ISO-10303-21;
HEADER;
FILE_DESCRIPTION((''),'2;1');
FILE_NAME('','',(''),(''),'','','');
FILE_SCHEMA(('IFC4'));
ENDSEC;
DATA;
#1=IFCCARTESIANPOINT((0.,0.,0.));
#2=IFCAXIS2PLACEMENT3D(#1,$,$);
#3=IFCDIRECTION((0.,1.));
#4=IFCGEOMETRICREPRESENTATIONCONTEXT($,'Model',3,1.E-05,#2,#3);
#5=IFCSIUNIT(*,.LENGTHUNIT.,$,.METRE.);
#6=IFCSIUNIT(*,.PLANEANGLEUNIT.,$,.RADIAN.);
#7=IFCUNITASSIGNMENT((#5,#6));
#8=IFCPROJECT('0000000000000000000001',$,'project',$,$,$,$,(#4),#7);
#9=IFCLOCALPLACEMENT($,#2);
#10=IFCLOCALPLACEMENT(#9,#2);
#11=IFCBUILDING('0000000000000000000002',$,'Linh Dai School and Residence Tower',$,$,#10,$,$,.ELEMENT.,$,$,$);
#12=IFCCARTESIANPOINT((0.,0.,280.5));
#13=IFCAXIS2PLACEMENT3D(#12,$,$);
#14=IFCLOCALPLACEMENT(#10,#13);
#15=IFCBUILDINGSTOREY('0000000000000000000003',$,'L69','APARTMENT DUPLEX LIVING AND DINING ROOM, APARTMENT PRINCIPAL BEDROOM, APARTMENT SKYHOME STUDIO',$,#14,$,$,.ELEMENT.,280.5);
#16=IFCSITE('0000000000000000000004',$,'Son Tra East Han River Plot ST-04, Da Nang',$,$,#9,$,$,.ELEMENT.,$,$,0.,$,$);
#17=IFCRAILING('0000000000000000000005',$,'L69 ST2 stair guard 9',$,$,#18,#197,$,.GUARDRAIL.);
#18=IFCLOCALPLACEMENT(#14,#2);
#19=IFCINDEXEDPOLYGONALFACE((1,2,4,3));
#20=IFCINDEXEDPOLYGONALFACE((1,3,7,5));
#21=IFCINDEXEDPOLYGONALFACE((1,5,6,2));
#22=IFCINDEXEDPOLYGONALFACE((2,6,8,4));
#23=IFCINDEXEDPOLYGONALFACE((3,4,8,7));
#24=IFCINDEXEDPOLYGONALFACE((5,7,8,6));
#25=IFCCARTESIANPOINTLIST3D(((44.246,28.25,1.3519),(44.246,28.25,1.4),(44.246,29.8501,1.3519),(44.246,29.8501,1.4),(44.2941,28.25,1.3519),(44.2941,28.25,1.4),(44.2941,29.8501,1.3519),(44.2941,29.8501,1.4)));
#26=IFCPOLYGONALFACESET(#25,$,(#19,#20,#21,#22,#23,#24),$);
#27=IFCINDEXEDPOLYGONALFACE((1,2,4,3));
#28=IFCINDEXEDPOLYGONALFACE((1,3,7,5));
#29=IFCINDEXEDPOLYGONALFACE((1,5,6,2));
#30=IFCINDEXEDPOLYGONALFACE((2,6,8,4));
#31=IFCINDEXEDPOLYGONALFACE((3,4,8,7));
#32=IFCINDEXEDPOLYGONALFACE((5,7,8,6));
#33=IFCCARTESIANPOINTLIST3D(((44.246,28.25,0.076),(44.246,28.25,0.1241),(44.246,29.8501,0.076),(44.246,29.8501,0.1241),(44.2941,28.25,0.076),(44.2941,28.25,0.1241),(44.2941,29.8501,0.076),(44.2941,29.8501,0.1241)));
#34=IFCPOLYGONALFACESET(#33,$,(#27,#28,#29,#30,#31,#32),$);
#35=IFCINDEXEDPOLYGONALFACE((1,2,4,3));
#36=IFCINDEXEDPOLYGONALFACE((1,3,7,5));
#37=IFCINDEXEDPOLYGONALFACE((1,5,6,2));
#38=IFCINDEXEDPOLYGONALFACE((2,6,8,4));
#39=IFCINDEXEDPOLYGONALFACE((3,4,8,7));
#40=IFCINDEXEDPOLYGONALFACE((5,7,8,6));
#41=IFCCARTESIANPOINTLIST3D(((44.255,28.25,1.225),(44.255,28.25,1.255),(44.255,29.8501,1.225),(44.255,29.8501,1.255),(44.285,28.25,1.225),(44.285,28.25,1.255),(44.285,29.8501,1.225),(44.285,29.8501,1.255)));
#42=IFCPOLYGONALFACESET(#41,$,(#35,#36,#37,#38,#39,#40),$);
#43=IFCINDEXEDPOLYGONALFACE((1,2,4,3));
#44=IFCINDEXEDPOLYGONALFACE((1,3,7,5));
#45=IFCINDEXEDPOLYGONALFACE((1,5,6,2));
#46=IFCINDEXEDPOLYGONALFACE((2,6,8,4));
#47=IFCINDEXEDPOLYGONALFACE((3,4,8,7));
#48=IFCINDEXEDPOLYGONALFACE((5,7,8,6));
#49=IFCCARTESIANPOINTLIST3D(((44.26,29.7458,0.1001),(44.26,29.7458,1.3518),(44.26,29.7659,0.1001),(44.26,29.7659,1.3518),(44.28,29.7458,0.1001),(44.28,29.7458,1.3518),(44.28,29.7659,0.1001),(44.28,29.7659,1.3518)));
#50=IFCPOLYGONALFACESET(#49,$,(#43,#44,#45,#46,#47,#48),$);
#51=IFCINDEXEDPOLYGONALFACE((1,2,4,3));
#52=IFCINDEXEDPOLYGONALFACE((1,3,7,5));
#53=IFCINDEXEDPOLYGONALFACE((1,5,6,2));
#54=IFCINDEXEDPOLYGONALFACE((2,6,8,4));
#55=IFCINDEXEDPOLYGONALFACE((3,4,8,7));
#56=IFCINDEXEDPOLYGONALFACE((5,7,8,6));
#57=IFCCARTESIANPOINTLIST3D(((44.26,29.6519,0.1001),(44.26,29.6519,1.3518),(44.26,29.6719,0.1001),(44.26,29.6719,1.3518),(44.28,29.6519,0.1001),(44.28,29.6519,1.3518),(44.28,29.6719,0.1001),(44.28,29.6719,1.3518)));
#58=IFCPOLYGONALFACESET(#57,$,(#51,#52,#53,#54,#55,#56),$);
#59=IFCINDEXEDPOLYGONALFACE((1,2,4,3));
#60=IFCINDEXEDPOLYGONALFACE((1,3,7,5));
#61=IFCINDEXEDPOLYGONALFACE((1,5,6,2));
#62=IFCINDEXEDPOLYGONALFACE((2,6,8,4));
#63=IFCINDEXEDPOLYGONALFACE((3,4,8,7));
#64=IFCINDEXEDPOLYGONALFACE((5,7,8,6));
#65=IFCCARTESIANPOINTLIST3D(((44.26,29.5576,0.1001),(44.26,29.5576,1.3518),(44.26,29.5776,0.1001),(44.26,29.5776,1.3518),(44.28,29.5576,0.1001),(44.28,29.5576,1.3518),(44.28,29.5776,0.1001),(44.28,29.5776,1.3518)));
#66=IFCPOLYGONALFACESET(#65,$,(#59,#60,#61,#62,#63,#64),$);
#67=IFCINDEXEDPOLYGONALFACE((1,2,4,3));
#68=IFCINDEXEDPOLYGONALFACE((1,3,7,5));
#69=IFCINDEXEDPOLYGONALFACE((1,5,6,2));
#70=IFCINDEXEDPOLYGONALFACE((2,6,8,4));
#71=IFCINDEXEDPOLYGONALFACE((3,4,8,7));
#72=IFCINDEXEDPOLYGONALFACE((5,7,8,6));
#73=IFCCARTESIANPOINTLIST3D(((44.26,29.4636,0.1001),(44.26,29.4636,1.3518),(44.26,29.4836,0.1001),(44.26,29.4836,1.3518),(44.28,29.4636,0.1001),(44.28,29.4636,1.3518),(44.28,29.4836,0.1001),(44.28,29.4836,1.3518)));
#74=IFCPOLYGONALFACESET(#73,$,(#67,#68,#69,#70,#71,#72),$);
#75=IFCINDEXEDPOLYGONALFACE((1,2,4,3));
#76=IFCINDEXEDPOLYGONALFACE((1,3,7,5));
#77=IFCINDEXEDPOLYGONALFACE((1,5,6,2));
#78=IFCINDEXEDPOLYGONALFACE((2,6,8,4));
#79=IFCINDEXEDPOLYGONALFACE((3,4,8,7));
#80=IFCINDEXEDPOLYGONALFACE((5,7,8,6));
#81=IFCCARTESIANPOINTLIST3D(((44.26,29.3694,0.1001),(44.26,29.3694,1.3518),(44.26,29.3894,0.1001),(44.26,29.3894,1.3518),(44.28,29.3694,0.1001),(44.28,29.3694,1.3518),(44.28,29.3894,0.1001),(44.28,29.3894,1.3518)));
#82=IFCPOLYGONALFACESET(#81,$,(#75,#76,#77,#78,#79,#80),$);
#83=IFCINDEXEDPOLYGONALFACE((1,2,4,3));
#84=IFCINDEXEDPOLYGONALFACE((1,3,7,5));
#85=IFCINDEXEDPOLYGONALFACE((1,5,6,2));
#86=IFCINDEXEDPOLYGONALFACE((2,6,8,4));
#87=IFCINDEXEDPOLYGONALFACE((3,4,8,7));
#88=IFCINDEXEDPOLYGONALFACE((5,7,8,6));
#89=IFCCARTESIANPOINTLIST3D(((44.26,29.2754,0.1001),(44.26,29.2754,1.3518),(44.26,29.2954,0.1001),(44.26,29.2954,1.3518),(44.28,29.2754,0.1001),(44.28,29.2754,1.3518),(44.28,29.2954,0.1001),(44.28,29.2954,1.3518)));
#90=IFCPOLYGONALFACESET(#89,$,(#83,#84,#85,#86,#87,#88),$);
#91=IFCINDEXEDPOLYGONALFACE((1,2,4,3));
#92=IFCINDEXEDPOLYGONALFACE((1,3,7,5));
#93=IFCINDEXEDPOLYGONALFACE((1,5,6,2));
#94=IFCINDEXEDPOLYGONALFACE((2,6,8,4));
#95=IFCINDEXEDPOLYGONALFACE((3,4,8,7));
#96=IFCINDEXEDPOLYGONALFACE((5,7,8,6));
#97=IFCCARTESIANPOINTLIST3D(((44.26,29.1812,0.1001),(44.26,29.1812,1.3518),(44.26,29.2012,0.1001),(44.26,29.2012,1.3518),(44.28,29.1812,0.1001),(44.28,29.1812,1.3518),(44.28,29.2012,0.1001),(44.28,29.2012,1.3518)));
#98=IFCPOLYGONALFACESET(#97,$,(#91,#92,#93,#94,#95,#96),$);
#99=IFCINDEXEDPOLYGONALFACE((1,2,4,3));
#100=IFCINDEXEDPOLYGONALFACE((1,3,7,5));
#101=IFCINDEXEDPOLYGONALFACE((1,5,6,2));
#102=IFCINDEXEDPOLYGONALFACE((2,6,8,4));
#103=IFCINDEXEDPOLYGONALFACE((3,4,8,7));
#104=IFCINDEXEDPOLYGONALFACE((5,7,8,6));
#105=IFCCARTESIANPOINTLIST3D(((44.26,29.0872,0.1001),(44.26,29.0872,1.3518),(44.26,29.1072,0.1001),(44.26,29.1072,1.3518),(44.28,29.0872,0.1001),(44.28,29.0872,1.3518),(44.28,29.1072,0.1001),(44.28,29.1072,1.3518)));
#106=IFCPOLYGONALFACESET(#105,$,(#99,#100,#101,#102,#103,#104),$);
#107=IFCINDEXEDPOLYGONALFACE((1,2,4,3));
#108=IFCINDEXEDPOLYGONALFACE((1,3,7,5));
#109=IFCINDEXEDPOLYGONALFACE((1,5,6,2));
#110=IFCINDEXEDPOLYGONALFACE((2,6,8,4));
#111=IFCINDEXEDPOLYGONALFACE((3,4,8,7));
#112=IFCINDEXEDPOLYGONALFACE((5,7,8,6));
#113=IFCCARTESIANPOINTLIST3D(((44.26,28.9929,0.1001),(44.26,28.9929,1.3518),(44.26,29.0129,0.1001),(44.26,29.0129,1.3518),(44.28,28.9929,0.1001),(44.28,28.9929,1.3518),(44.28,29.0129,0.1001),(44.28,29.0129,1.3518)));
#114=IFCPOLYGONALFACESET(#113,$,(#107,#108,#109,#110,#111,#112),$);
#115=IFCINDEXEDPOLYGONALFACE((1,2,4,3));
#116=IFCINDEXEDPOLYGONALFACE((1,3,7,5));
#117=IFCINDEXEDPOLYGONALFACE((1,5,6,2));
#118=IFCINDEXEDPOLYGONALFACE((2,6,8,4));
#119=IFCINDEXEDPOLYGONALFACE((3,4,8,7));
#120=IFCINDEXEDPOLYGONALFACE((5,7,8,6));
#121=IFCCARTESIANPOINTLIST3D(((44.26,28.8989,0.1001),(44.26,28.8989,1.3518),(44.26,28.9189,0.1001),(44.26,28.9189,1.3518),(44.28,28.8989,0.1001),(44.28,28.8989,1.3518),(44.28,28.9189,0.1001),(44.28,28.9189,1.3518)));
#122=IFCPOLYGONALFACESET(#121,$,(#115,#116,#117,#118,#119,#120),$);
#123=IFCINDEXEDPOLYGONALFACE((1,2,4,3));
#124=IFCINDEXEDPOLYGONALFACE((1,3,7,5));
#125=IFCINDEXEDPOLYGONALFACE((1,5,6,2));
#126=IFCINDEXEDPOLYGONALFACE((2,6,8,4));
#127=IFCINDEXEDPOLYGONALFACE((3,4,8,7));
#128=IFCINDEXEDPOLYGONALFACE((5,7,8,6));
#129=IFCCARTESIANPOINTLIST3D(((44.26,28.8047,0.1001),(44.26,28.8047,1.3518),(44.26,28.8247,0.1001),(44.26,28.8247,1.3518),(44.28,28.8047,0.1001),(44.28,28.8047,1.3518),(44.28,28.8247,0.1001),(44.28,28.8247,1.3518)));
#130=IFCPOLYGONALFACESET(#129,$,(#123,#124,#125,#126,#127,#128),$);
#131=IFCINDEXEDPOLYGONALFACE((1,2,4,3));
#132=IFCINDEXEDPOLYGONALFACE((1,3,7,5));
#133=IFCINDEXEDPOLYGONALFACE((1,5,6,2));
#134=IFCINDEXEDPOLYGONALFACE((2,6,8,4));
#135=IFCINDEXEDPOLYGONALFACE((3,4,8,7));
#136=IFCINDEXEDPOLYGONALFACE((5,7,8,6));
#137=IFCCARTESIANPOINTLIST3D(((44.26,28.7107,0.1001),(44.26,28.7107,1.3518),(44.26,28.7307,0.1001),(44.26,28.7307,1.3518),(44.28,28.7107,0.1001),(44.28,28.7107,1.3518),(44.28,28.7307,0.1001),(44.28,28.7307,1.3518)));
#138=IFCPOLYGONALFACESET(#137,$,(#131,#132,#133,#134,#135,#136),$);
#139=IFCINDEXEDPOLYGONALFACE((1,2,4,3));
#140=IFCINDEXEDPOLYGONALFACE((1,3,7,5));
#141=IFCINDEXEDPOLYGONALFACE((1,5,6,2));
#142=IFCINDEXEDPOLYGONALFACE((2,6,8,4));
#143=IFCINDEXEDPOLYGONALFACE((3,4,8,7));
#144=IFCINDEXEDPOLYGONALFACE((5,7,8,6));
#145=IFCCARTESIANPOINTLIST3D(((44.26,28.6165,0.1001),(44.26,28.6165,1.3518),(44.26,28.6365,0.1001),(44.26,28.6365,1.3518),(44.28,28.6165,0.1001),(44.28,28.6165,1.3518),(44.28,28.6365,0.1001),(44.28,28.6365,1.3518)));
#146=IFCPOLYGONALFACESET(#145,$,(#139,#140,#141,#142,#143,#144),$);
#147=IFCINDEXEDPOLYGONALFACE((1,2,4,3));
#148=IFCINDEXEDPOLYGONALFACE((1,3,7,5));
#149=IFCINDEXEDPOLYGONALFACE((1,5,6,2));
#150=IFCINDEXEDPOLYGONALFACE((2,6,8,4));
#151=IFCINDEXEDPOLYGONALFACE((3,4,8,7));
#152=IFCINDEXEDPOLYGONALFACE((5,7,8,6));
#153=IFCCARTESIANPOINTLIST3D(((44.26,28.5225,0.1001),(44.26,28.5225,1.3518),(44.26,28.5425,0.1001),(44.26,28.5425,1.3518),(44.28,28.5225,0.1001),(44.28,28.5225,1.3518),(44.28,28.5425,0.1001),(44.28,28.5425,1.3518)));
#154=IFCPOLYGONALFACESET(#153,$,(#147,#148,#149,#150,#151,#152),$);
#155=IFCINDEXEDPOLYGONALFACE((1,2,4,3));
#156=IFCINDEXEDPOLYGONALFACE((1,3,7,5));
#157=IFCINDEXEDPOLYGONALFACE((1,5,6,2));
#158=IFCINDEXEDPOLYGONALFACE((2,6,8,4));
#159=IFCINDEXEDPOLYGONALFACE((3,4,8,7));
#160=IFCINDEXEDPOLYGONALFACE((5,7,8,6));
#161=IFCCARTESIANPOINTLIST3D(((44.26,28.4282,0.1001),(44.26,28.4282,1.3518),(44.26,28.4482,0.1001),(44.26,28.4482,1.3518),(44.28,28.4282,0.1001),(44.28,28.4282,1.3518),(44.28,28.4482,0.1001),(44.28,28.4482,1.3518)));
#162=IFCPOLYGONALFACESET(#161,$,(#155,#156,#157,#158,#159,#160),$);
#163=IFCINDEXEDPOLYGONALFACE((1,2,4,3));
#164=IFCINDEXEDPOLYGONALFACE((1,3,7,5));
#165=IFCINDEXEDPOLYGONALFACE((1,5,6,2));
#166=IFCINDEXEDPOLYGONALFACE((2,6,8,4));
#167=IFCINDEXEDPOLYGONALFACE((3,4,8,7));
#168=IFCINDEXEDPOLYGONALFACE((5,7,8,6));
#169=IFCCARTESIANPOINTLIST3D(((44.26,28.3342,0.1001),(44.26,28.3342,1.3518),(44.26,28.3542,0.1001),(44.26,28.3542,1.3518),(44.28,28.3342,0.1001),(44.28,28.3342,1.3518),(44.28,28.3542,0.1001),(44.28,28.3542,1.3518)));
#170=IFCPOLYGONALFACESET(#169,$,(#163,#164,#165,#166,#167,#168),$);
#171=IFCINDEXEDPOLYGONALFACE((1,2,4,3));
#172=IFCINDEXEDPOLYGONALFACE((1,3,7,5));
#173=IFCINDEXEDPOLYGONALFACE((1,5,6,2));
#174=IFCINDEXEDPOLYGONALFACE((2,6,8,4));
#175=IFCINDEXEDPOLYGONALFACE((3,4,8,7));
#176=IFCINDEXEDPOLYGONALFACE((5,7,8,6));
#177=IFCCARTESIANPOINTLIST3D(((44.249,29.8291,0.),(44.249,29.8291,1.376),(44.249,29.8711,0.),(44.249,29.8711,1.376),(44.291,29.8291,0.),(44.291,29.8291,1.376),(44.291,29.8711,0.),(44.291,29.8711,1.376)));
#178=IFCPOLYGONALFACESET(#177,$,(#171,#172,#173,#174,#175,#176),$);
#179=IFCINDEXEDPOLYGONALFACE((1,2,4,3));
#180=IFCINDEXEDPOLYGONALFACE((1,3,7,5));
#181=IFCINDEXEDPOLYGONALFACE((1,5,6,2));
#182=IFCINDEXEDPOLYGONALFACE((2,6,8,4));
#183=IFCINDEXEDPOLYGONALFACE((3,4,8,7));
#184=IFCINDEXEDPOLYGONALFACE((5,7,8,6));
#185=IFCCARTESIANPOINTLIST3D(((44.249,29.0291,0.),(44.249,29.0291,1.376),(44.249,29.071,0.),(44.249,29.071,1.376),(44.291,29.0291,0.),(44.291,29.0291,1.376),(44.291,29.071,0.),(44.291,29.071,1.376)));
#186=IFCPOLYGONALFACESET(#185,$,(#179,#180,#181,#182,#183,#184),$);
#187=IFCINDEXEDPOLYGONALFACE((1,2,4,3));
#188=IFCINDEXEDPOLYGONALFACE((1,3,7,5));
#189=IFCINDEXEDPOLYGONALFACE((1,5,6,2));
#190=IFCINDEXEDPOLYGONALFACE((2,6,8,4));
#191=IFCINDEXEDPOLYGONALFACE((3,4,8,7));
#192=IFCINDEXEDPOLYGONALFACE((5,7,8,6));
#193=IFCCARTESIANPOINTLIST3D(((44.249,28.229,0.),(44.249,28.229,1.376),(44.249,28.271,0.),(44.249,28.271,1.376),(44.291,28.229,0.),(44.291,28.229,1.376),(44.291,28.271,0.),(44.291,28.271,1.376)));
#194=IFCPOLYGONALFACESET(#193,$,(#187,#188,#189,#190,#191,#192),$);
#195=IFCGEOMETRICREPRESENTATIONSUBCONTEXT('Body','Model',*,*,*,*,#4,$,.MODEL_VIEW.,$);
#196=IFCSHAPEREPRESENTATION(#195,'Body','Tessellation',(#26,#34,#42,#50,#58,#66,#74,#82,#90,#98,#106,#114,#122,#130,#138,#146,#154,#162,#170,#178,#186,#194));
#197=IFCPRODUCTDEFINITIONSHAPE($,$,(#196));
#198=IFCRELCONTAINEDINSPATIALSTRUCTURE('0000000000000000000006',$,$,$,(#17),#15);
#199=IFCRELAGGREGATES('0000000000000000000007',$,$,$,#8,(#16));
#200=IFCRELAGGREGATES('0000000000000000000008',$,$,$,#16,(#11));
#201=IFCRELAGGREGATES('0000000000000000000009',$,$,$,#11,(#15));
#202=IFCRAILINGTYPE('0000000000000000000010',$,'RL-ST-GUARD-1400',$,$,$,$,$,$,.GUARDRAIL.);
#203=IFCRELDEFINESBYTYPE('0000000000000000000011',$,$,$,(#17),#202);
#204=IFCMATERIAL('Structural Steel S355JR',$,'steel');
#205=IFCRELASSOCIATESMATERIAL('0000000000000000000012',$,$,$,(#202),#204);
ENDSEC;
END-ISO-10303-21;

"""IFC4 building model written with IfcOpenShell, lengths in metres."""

from ifc_helpers import new_model, si_unit, direction, frame, origin, origin_2d, place, context, subcontext, project, spatial, rectangle, extrude, source, transform, mapped, material, type_object, element, save


model = new_model("IFC4")

# Units and contexts
model_context = context("Model", 3, precision=1e-05, world=origin(), true_north=direction((0.0, 1.0)))
body_context = subcontext(model_context, "Body", "Model", "MODEL_VIEW")
ifc_project = project(units=[si_unit("LENGTHUNIT", "METRE"), si_unit("PLANEANGLEUNIT", "RADIAN")], contexts=[model_context])

# Site, building, storey
site_placement = place(None, origin())
site = spatial("IfcSite", under=ifc_project, at=site_placement, Name="Son Tra East Han River Plot ST-04, Da Nang", CompositionType="ELEMENT", RefElevation=0.0)
building_placement = place(site_placement, origin())
building = spatial("IfcBuilding", under=site, at=building_placement, Name="Linh Dai School and Residence Tower", CompositionType="ELEMENT")
storey_placement = place(building_placement, frame((0.0, 0.0, 280.5)))
storey = spatial("IfcBuildingStorey", under=building, at=storey_placement, Name="L69", Description="APARTMENT DUPLEX LIVING AND DINING ROOM, APARTMENT PRINCIPAL BEDROOM, APARTMENT SKYHOME STUDIO", CompositionType="ELEMENT", Elevation=280.5)

# Shared definitions
ifc_material_1 = material(Name="Structural Steel S355JR", Category="steel")

# Railing
railing_type = type_object("IfcRailingType", Name="RL-ST-GUARD-1400", PredefinedType="GUARDRAIL", material=ifc_material_1)
shared_shape_1 = source(origin(), body_context, "Body", "SweptSolid", [
    extrude(rectangle(XDim=0.0481, YDim=0.0481, at=origin_2d()), frame((0.0, 0.0, 1.376), z_axis=(0.0, -1.0, 0.0), x_axis=(1.0, 0.0, 0.0)), (0.0, 0.0, 1.0), 1.6001),
    extrude(rectangle(XDim=0.0481, YDim=0.0481, at=origin_2d()), frame((0.0, 0.0, 0.1001), z_axis=(0.0, -1.0, 0.0), x_axis=(1.0, 0.0, 0.0)), (0.0, 0.0, 1.0), 1.6001),
    extrude(rectangle(XDim=0.03, YDim=0.03, at=origin_2d()), frame((0.0, 0.0, 1.24), z_axis=(0.0, -1.0, 0.0), x_axis=(1.0, 0.0, 0.0)), (0.0, 0.0, 1.0), 1.6001),
    extrude(rectangle(XDim=0.02, YDim=0.02, at=origin_2d()), frame((0.0, -0.0942, 0.1001)), (0.0, 0.0, 1.0), 1.2517),
    extrude(rectangle(XDim=0.02, YDim=0.02, at=origin_2d()), frame((0.0, -0.1882, 0.1001)), (0.0, 0.0, 1.0), 1.2517),
    extrude(rectangle(XDim=0.02, YDim=0.02, at=origin_2d()), frame((0.0, -0.2825, 0.1001)), (0.0, 0.0, 1.0), 1.2517),
    extrude(rectangle(XDim=0.02, YDim=0.02, at=origin_2d()), frame((0.0, -0.3765, 0.1001)), (0.0, 0.0, 1.0), 1.2517),
    extrude(rectangle(XDim=0.02, YDim=0.02, at=origin_2d()), frame((0.0, -0.4707, 0.1001)), (0.0, 0.0, 1.0), 1.2517),
    extrude(rectangle(XDim=0.02, YDim=0.02, at=origin_2d()), frame((0.0, -0.5647, 0.1001)), (0.0, 0.0, 1.0), 1.2517),
    extrude(rectangle(XDim=0.02, YDim=0.02, at=origin_2d()), frame((0.0, -0.6589, 0.1001)), (0.0, 0.0, 1.0), 1.2517),
    extrude(rectangle(XDim=0.02, YDim=0.02, at=origin_2d()), frame((0.0, -0.7529, 0.1001)), (0.0, 0.0, 1.0), 1.2517),
    extrude(rectangle(XDim=0.02, YDim=0.02, at=origin_2d()), frame((0.0, -0.8472, 0.1001)), (0.0, 0.0, 1.0), 1.2517),
    extrude(rectangle(XDim=0.02, YDim=0.02, at=origin_2d()), frame((0.0, -0.9412, 0.1001)), (0.0, 0.0, 1.0), 1.2517),
    extrude(rectangle(XDim=0.02, YDim=0.02, at=origin_2d()), frame((0.0, -1.0354, 0.1001)), (0.0, 0.0, 1.0), 1.2517),
    extrude(rectangle(XDim=0.02, YDim=0.02, at=origin_2d()), frame((0.0, -1.1294, 0.1001)), (0.0, 0.0, 1.0), 1.2517),
    extrude(rectangle(XDim=0.02, YDim=0.02, at=origin_2d()), frame((0.0, -1.2236, 0.1001)), (0.0, 0.0, 1.0), 1.2517),
    extrude(rectangle(XDim=0.02, YDim=0.02, at=origin_2d()), frame((0.0, -1.3176, 0.1001)), (0.0, 0.0, 1.0), 1.2517),
    extrude(rectangle(XDim=0.02, YDim=0.02, at=origin_2d()), frame((0.0, -1.4119, 0.1001)), (0.0, 0.0, 1.0), 1.2517),
    extrude(rectangle(XDim=0.02, YDim=0.02, at=origin_2d()), frame((0.0, -1.5059, 0.1001)), (0.0, 0.0, 1.0), 1.2517),
    extrude(rectangle(XDim=0.042, YDim=0.042, at=origin_2d()), origin(), (0.0, 0.0, 1.0), 1.376),
    extrude(rectangle(XDim=0.042, YDim=0.042, at=origin_2d()), frame((0.0, -0.8, 0.0)), (0.0, 0.0, 1.0), 1.376),
    extrude(rectangle(XDim=0.042, YDim=0.042, at=origin_2d()), frame((0.0, -1.6001, 0.0)), (0.0, 0.0, 1.0), 1.376),
])
for number, where, name in (
    (1, (44.27, 29.8501, 0.0), "L69 ST2 stair guard 9"),
):
    element("IfcRailing", number, at=place(storey_placement, frame(where)), inside=storey, type_object=railing_type, Name=name, PredefinedType="GUARDRAIL", context=body_context, shape_type="MappedRepresentation", body=[
        mapped(shared_shape_1, transform((0.0, 0.0, 0.0), x_axis=(1.0, 0.0, 0.0), y_axis=(0.0, 1.0, 0.0), z_axis=(0.0, 0.0, 1.0), scale=1.0)),
    ])

save(model, "model.ifc")
